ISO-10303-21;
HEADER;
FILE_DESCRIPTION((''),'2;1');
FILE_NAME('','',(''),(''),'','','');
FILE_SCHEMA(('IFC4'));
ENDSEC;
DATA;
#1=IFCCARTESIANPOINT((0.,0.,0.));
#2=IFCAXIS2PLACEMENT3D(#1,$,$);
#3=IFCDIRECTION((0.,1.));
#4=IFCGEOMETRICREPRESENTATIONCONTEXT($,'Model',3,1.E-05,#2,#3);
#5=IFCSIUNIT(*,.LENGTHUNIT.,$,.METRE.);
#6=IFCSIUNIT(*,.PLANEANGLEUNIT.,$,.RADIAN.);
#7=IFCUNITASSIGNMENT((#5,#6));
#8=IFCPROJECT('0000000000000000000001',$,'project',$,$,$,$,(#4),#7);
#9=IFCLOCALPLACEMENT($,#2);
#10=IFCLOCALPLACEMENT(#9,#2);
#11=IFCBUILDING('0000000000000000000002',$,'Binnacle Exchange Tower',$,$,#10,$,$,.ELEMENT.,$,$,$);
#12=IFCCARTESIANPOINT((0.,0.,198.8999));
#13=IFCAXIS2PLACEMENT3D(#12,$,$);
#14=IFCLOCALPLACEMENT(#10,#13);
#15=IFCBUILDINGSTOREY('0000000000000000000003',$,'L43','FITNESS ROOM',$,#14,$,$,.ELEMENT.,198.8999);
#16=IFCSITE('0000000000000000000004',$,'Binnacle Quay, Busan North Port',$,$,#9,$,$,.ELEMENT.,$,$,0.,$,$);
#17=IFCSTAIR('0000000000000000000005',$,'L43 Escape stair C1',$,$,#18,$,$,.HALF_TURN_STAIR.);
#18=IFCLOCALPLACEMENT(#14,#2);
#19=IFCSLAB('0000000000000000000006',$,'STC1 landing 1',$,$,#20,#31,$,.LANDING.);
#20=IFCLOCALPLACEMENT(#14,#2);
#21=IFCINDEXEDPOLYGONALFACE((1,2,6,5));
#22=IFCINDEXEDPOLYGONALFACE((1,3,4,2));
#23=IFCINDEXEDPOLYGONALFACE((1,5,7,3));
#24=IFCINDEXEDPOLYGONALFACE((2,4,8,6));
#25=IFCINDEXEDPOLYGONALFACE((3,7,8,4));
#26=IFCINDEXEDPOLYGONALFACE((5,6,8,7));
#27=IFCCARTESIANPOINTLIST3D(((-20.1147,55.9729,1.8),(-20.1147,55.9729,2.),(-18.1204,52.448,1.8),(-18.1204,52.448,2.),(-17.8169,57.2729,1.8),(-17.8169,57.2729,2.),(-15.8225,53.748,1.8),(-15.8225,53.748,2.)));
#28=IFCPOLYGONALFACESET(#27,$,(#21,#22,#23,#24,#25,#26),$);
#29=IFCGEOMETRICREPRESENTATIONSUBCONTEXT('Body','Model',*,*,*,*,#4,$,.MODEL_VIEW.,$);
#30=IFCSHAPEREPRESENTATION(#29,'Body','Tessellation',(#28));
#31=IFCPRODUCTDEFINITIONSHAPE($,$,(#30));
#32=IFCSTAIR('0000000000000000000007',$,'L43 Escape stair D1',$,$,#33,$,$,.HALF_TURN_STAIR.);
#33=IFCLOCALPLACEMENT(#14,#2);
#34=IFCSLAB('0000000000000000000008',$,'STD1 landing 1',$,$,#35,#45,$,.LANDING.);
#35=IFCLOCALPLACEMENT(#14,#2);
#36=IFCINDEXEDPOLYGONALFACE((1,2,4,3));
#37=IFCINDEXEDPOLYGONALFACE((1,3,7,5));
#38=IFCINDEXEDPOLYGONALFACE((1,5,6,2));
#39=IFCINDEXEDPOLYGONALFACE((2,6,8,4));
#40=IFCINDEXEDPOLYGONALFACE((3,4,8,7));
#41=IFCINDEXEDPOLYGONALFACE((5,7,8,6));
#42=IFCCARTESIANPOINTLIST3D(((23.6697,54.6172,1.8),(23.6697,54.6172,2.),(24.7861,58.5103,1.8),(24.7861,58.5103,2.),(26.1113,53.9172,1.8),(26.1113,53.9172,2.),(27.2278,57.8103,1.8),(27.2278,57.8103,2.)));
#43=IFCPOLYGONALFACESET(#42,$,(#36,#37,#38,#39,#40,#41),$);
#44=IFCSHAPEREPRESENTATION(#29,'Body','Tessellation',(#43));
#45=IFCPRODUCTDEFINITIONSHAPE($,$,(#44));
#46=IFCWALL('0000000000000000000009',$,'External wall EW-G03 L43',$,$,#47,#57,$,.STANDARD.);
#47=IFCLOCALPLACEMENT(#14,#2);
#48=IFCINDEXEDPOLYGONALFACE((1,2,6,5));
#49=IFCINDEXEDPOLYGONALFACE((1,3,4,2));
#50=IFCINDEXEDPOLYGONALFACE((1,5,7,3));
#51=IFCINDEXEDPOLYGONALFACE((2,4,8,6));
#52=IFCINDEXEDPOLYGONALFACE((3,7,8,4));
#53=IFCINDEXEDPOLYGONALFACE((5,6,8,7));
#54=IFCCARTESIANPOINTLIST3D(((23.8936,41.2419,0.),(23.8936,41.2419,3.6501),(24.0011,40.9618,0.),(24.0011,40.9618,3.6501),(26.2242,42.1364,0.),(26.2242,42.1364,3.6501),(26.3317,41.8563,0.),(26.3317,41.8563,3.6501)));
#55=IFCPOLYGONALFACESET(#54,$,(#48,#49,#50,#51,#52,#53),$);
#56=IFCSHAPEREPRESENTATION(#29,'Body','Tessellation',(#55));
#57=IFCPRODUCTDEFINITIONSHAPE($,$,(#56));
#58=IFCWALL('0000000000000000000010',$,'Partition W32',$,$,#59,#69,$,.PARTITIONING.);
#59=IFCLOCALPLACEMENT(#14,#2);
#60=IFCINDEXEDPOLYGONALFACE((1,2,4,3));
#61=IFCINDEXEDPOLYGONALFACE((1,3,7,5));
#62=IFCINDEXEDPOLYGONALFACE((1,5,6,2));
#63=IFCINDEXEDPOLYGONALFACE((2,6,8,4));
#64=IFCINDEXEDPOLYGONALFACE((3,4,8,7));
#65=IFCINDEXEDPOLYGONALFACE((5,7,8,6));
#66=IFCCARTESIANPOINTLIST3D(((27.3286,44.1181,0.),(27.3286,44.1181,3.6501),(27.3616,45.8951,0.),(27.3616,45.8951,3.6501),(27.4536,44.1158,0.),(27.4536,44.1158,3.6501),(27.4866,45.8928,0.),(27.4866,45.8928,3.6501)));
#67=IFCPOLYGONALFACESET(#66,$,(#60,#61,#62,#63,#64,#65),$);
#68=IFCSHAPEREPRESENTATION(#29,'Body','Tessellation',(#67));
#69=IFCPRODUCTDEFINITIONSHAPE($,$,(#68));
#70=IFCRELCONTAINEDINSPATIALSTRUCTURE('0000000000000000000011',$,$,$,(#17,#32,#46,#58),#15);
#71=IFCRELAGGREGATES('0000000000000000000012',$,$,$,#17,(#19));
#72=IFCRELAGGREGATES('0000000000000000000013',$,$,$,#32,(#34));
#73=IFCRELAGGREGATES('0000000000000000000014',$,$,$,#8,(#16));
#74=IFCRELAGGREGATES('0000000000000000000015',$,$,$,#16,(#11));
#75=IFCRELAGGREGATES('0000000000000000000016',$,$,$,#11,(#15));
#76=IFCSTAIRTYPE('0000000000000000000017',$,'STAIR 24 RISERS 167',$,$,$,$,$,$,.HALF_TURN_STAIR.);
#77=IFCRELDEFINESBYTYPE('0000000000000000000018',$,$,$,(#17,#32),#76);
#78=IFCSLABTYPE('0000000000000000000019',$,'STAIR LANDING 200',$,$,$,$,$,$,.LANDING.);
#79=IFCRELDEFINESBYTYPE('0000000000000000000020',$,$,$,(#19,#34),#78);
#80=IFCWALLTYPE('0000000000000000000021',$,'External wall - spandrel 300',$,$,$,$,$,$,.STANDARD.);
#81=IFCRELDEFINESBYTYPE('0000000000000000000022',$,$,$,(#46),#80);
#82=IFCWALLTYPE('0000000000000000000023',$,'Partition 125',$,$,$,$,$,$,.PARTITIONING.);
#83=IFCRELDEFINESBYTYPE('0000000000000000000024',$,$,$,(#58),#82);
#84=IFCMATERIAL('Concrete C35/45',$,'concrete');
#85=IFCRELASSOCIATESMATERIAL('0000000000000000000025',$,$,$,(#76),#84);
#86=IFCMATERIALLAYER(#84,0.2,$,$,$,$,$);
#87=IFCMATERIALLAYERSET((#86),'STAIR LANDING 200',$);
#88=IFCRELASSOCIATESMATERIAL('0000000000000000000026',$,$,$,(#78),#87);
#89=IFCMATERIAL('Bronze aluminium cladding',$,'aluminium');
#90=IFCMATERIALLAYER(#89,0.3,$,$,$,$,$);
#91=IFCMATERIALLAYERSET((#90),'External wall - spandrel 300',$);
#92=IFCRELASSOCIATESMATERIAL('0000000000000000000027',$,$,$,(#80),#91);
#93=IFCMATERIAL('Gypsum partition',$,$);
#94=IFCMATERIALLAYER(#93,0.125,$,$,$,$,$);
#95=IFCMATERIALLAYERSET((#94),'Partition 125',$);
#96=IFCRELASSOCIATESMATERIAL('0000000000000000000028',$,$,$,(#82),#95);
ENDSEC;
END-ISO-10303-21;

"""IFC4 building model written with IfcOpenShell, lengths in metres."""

from ifc_helpers import new_model, si_unit, direction, frame, frame_2d, origin, place, context, subcontext, project, spatial, polyline, rectangle, outline, extrude, material, layer, layer_set, type_object, element, aggregate, save


model = new_model("IFC4")

# Units and contexts
model_context = context("Model", 3, precision=1e-05, world=origin(), true_north=direction((0.0, 1.0)))
body_context = subcontext(model_context, "Body", "Model", "MODEL_VIEW")
ifc_project = project(units=[si_unit("LENGTHUNIT", "METRE"), si_unit("PLANEANGLEUNIT", "RADIAN")], contexts=[model_context])

# Site, building, storey
site_placement = place(None, origin())
site = spatial("IfcSite", under=ifc_project, at=site_placement, Name="Binnacle Quay, Busan North Port", CompositionType="ELEMENT", RefElevation=0.0)
building_placement = place(site_placement, origin())
building = spatial("IfcBuilding", under=site, at=building_placement, Name="Binnacle Exchange Tower", CompositionType="ELEMENT")
storey_placement = place(building_placement, frame((0.0, 0.0, 198.8999)))
storey = spatial("IfcBuildingStorey", under=building, at=storey_placement, Name="L43", Description="FITNESS ROOM", CompositionType="ELEMENT", Elevation=198.8999)

# Shared definitions
ifc_material_1 = material(Name="Concrete C35/45", Category="concrete")

# Stairs, slabs
stair_type = type_object("IfcStairType", Name="STAIR 24 RISERS 167", PredefinedType="HALF_TURN_STAIR", material=ifc_material_1)
ifc_layer_1 = layer(ifc_material_1, 0.2)
ifc_layer_set_1 = layer_set([ifc_layer_1], Name="STAIR LANDING 200")
slab_type_1 = type_object("IfcSlabType", Name="STAIR LANDING 200", PredefinedType="LANDING", material=ifc_layer_set_1)
stair_1_placement = place(storey_placement, origin())
stair_1 = element("IfcStair", 1, at=stair_1_placement, inside=storey, type_object=stair_type, Name="L43 Escape stair C1", PredefinedType="HALF_TURN_STAIR")
slab_1_placement = place(storey_placement, frame((0.0, 0.0, 1.8)))
slab_1 = element("IfcSlab", 2, at=slab_1_placement, type_object=slab_type_1, Name="STC1 landing 1", PredefinedType="LANDING", context=body_context, shape_type="SweptSolid", body=[
    extrude(outline(polyline([(-18.1204, 52.448), (-15.8225, 53.748), (-17.8169, 57.2729), (-20.1147, 55.9729), (-18.1204, 52.448)])), origin(), (0.0, 0.0, 1.0), 0.2),
])
aggregate(stair_1, [slab_1])
stair_2_placement = place(storey_placement, origin())
stair_2 = element("IfcStair", 3, at=stair_2_placement, inside=storey, type_object=stair_type, Name="L43 Escape stair D1", PredefinedType="HALF_TURN_STAIR")
slab_2_placement = place(storey_placement, frame((0.0, 0.0, 1.8)))
slab_2 = element("IfcSlab", 4, at=slab_2_placement, type_object=slab_type_1, Name="STD1 landing 1", PredefinedType="LANDING", context=body_context, shape_type="SweptSolid", body=[
    extrude(outline(polyline([(23.6697, 54.6172), (26.1113, 53.9172), (27.2278, 57.8103), (24.7861, 58.5103), (23.6697, 54.6172)])), origin(), (0.0, 0.0, 1.0), 0.2),
])
aggregate(stair_2, [slab_2])

# Shared definitions
ifc_material_2 = material(Name="Bronze aluminium cladding", Category="aluminium")
ifc_layer_2 = layer(ifc_material_2, 0.3)
ifc_layer_set_2 = layer_set([ifc_layer_2], Name="External wall - spandrel 300")
wall_type_1 = type_object("IfcWallType", Name="External wall - spandrel 300", PredefinedType="STANDARD", material=ifc_layer_set_2)

# Walls
wall_1_placement = place(storey_placement, frame((26.2778, 41.9963, 0.0), z_axis=(0.0, 0.0, 1.0), x_axis=(-0.933592, -0.358337, 0.0)))
element("IfcWall", 5, at=wall_1_placement, inside=storey, type_object=wall_type_1, Name="External wall EW-G03 L43", PredefinedType="STANDARD", context=body_context, shape_type="SweptSolid", body=[
    extrude(rectangle(XDim=2.4963, YDim=0.3, at=frame_2d((1.248, 0.0))), origin(), (0.0, 0.0, 1.0), 3.6501),
])
ifc_material_3 = material(Name="Gypsum partition")
ifc_layer_3 = layer(ifc_material_3, 0.125)
ifc_layer_set_3 = layer_set([ifc_layer_3], Name="Partition 125")
wall_type_2 = type_object("IfcWallType", Name="Partition 125", PredefinedType="PARTITIONING", material=ifc_layer_set_3)
wall_2_placement = place(storey_placement, frame((27.3911, 44.1169, 0.0), z_axis=(0.0, 0.0, 1.0), x_axis=(0.018543, 0.999828, 0.0)))
element("IfcWall", 6, at=wall_2_placement, inside=storey, type_object=wall_type_2, Name="Partition W32", PredefinedType="PARTITIONING", context=body_context, shape_type="SweptSolid", body=[
    extrude(rectangle(XDim=1.7773, YDim=0.125, at=frame_2d((0.8887, 0.0))), origin(), (0.0, 0.0, 1.0), 3.6501),
])

save(model, "model.ifc")
